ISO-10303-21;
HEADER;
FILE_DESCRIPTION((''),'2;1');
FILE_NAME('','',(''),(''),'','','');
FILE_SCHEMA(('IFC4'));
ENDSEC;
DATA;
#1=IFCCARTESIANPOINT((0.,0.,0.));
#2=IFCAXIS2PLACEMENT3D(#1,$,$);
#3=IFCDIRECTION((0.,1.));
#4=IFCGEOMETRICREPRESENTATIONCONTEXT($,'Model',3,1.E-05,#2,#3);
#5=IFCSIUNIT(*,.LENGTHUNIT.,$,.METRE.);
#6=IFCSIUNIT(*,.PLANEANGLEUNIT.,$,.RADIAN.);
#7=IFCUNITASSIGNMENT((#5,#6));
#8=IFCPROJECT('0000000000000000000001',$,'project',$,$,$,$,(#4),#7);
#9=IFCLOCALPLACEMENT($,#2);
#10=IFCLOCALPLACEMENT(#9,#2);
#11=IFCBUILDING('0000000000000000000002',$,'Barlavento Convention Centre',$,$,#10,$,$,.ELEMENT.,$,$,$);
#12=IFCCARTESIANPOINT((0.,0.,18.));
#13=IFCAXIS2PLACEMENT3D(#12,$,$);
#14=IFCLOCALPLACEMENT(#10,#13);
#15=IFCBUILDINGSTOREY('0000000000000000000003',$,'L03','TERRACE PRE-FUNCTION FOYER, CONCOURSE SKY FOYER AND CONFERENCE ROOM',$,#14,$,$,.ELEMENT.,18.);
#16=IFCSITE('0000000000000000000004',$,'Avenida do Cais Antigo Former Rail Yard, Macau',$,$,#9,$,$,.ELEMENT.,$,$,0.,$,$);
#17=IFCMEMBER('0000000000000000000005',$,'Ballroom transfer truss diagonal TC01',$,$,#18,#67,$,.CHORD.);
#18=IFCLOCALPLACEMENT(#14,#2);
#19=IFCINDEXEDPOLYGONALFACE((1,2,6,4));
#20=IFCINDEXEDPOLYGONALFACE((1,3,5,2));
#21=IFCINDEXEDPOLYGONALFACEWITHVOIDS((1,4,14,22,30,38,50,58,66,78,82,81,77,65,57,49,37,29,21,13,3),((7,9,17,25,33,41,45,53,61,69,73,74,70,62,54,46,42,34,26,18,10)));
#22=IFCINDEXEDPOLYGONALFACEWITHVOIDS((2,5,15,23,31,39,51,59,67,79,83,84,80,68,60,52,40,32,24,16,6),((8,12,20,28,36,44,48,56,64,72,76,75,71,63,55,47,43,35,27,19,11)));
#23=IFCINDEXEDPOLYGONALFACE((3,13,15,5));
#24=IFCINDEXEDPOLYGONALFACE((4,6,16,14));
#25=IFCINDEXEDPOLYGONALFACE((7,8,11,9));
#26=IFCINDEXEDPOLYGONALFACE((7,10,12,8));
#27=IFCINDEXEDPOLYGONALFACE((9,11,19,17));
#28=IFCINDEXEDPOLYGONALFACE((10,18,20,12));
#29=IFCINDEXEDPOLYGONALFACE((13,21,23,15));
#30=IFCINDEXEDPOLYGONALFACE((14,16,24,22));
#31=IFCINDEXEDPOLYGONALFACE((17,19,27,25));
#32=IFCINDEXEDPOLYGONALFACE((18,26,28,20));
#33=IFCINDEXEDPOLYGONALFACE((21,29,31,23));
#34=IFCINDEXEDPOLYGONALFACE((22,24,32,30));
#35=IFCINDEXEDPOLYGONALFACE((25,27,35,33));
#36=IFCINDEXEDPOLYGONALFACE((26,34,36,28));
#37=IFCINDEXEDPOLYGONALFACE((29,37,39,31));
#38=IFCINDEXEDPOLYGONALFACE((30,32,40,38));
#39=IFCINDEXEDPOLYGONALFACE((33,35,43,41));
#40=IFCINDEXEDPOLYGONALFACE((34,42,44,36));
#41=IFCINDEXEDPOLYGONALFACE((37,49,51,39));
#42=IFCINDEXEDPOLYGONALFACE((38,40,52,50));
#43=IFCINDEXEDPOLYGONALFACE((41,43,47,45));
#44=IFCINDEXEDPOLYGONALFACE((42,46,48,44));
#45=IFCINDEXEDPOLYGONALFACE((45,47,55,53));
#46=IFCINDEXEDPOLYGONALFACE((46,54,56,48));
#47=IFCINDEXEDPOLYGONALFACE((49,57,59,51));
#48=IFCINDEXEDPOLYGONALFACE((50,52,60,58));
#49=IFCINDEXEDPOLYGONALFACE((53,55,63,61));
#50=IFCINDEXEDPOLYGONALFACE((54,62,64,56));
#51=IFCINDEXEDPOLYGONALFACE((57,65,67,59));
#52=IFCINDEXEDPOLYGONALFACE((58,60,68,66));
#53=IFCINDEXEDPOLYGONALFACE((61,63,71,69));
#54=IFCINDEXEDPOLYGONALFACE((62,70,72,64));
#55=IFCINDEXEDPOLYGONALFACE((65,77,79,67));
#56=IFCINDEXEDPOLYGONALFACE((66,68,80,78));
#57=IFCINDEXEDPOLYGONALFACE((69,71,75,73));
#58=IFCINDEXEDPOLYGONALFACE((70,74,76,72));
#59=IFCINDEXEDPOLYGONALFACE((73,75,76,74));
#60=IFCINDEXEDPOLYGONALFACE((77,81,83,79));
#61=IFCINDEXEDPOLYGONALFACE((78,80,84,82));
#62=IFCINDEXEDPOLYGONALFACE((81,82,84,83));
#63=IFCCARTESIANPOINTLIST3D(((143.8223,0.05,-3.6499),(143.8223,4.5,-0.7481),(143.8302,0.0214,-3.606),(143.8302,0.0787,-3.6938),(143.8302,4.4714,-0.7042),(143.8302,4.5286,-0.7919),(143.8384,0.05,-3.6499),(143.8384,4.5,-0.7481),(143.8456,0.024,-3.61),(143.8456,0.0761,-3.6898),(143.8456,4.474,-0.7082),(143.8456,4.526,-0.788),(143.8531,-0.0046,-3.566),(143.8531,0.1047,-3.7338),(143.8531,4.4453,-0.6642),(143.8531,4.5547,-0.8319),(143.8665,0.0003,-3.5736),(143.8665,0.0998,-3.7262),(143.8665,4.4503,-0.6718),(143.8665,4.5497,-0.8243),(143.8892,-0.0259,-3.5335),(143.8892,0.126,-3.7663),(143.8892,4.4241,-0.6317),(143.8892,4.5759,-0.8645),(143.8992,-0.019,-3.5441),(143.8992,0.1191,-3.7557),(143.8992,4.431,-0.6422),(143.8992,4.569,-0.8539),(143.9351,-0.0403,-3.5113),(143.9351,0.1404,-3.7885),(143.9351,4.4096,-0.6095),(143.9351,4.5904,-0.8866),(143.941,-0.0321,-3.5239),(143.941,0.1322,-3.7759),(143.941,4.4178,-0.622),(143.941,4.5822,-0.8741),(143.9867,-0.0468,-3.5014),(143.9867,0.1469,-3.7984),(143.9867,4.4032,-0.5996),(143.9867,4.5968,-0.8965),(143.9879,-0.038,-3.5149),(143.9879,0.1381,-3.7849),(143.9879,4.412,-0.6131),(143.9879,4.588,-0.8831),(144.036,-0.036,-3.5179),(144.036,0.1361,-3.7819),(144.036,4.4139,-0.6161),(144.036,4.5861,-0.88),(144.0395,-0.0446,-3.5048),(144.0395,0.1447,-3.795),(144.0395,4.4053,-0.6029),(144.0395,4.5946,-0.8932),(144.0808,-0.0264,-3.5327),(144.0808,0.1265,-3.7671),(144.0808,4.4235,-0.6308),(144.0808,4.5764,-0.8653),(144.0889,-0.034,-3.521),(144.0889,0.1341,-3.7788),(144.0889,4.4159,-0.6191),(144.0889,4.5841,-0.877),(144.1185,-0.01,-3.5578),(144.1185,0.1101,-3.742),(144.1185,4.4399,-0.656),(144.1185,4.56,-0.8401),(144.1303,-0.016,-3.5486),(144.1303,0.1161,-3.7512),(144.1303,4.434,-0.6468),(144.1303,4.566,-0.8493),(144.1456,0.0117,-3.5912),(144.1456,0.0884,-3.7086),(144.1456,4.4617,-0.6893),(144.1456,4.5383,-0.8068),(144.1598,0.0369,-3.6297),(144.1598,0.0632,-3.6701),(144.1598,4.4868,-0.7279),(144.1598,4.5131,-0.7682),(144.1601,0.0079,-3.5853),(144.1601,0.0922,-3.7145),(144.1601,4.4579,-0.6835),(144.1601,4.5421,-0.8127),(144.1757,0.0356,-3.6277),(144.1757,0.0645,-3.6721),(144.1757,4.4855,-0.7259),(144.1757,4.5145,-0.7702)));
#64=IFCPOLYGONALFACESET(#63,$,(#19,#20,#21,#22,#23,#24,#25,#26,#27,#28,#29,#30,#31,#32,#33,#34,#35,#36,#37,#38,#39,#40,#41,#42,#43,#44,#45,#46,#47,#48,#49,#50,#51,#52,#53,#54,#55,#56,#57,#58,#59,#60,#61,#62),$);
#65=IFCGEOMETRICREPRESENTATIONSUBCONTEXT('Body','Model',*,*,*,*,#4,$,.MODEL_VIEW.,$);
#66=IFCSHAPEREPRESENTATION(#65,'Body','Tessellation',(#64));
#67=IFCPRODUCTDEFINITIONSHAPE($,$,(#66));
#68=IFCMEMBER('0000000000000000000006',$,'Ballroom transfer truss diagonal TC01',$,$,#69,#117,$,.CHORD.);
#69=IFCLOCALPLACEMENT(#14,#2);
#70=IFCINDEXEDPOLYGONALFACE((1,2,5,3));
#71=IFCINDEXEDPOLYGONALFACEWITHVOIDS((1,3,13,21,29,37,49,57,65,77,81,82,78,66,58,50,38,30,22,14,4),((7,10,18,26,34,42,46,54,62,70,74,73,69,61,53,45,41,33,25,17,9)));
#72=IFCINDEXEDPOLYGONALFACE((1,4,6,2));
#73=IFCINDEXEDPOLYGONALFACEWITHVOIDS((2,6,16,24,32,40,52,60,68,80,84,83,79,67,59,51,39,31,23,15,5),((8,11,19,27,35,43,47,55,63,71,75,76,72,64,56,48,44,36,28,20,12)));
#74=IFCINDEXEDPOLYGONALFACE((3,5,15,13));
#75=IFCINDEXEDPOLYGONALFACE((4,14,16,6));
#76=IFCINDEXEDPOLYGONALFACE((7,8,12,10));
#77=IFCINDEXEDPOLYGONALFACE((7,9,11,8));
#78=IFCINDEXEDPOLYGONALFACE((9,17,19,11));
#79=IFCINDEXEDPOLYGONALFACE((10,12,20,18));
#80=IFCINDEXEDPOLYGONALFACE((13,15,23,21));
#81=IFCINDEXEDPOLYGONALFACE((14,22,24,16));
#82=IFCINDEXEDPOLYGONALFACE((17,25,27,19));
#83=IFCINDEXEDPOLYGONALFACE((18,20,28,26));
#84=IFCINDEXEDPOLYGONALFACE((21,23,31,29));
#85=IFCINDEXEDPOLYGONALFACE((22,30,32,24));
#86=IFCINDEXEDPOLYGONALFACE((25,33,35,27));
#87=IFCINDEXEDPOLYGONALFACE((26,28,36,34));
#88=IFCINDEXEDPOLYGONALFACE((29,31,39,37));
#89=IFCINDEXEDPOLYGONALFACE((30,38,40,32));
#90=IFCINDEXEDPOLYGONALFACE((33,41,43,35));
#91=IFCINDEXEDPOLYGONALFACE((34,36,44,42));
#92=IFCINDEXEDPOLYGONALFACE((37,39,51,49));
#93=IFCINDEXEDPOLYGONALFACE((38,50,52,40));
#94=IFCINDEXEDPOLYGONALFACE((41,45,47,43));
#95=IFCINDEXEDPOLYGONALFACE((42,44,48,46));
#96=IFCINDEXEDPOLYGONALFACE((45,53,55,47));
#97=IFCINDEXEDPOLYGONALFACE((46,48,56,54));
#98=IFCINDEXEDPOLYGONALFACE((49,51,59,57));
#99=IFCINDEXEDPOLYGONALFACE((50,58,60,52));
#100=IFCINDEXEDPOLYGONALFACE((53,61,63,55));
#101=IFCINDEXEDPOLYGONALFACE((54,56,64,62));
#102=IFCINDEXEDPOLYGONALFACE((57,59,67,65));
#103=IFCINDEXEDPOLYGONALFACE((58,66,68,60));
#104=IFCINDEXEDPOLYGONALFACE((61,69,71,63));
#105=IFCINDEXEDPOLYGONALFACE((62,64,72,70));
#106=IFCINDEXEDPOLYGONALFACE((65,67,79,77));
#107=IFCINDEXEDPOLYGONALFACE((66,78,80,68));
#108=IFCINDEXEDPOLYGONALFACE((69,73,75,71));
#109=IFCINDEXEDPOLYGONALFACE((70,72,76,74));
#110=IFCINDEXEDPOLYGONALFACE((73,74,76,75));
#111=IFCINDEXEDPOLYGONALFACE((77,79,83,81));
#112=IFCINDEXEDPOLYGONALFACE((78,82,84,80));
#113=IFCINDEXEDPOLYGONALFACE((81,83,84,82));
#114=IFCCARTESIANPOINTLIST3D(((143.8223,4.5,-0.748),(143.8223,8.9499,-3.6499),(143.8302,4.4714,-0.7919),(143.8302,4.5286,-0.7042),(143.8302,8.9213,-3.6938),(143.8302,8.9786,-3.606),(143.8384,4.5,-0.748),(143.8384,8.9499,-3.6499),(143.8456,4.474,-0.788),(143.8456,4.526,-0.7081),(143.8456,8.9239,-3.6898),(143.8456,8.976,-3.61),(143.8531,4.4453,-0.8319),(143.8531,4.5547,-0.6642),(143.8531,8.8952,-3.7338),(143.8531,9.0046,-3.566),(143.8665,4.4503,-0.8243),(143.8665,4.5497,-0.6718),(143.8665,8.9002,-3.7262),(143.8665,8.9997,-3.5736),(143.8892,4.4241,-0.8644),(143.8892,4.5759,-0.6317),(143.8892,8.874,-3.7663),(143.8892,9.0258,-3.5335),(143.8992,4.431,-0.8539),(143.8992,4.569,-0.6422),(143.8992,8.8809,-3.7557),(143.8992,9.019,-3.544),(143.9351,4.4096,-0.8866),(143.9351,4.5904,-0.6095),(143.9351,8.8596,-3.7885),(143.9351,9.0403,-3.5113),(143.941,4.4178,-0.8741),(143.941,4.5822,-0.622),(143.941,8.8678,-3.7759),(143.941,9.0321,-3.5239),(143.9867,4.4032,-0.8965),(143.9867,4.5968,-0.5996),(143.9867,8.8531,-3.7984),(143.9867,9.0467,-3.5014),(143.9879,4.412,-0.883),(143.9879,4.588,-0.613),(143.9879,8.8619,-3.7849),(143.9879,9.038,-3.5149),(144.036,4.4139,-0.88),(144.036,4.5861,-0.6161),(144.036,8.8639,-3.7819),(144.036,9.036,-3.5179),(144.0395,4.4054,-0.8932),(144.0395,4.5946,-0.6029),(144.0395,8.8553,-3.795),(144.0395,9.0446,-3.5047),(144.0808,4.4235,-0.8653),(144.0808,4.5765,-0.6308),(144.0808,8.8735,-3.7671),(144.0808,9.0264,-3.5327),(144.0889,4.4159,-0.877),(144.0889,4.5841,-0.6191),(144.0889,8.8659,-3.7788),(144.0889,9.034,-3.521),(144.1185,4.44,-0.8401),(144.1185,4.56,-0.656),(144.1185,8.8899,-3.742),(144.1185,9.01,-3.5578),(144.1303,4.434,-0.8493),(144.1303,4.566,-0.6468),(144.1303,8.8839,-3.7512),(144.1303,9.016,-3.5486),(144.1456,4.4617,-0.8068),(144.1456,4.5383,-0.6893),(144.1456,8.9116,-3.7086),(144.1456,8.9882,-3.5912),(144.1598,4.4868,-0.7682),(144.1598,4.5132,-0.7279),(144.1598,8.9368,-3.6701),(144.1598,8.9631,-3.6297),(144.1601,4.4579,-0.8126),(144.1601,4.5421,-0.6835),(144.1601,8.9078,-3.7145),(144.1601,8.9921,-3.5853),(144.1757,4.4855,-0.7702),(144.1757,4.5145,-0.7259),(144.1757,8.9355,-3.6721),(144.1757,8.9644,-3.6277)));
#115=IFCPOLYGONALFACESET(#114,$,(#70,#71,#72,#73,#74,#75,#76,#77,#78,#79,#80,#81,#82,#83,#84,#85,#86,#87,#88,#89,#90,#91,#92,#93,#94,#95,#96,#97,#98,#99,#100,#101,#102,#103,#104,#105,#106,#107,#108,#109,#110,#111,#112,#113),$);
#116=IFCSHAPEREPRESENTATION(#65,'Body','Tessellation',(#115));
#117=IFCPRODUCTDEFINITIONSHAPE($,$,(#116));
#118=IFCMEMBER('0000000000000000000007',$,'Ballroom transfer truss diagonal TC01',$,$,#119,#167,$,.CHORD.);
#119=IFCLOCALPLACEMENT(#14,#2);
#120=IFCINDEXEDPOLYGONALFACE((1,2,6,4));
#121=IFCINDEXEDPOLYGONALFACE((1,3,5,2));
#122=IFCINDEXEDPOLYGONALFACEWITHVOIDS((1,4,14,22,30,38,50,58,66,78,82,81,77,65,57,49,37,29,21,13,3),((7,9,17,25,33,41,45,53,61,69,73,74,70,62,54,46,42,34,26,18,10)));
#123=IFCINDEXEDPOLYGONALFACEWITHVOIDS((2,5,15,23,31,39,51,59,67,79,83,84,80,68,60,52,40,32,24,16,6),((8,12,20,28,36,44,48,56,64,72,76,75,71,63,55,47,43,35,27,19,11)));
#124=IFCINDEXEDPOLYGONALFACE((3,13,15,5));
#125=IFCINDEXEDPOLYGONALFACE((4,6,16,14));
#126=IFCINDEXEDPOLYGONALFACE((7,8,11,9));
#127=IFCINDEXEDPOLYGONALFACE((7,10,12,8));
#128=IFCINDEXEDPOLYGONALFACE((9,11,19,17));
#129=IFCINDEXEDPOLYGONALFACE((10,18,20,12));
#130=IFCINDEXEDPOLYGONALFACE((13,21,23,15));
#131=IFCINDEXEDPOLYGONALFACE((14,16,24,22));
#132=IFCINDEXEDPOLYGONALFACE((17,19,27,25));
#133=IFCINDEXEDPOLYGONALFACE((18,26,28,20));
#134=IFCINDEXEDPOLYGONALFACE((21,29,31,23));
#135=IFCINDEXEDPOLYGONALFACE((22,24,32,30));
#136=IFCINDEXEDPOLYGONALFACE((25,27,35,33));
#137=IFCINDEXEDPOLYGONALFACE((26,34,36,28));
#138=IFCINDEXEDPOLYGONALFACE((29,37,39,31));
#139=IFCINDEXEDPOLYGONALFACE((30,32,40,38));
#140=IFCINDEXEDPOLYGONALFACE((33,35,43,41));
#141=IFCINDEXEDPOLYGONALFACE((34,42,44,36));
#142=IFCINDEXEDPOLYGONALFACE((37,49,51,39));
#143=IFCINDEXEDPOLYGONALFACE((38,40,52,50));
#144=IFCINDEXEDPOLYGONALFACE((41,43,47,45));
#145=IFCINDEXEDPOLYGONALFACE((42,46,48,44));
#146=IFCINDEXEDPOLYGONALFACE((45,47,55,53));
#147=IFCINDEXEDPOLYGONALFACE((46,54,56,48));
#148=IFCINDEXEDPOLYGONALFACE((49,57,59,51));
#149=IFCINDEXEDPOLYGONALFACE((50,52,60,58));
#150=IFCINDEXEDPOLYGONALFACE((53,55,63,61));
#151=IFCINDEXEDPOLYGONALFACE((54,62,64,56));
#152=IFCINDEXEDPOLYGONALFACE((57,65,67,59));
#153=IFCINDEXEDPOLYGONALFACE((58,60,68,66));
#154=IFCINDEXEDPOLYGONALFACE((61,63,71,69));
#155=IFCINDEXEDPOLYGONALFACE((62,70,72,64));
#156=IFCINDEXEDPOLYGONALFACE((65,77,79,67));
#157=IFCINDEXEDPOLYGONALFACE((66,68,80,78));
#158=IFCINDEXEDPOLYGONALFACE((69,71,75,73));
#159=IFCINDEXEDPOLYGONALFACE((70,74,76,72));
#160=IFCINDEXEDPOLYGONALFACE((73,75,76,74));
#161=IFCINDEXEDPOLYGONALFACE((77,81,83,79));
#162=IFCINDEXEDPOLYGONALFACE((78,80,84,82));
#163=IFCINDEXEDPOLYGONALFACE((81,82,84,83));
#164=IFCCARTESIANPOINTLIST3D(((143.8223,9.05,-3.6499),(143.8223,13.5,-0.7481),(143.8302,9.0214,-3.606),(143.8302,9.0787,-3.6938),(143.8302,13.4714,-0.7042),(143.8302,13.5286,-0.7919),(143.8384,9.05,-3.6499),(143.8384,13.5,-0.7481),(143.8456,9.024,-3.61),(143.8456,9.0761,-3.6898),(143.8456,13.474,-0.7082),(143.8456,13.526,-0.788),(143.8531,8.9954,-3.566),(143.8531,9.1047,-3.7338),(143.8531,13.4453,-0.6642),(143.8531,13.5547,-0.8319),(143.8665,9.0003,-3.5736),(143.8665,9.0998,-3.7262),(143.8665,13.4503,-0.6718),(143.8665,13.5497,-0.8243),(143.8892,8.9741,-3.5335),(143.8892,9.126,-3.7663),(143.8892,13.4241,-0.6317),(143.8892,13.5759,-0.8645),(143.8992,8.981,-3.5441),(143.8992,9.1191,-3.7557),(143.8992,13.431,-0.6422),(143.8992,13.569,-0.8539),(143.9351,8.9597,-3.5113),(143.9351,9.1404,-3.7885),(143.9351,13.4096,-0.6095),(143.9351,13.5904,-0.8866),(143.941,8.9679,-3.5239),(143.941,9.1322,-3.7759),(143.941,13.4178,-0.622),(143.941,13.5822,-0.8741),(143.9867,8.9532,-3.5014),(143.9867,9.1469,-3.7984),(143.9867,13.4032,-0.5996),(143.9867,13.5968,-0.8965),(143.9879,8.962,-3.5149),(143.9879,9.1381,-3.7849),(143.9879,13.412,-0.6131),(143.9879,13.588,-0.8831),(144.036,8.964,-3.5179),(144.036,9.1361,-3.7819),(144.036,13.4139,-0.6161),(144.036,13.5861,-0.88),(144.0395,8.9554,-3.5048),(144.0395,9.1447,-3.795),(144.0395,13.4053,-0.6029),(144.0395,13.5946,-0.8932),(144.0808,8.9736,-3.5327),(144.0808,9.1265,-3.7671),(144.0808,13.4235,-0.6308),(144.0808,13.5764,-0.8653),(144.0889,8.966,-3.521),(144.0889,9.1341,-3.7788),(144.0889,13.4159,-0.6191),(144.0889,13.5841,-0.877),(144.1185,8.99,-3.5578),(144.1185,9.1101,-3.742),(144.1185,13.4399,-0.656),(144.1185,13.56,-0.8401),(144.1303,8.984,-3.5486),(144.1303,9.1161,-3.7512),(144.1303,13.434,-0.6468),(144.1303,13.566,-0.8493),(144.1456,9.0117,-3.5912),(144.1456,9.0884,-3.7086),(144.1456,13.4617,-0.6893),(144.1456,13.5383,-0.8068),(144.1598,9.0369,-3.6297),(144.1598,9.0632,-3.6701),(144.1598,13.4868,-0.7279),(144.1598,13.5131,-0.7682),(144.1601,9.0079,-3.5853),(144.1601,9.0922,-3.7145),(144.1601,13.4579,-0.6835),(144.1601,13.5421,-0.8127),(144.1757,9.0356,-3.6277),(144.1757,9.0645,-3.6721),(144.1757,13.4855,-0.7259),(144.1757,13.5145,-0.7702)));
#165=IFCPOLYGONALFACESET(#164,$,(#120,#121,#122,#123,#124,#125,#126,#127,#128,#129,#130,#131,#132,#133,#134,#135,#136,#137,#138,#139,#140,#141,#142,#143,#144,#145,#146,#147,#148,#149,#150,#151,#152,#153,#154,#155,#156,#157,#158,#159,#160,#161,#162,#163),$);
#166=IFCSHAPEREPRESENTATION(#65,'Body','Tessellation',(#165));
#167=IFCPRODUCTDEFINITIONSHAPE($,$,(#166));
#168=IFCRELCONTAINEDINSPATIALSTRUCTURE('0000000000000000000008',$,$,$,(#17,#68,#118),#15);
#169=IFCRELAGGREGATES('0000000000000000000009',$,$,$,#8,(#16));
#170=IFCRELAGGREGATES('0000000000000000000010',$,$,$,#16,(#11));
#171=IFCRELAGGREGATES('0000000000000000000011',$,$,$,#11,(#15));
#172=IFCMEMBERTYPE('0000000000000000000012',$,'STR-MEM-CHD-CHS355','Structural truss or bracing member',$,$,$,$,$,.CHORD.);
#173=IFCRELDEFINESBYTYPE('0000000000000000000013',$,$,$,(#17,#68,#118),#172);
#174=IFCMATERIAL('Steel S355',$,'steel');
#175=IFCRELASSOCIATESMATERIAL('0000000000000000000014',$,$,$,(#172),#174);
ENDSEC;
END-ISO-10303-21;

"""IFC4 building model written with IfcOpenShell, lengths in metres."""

from ifc_helpers import new_model, si_unit, direction, frame, origin, origin_2d, place, context, subcontext, project, spatial, hollow_circle, extrude, material, material_profile, profile_set, type_object, element, save


model = new_model("IFC4")

# Units and contexts
model_context = context("Model", 3, precision=1e-05, world=origin(), true_north=direction((0.0, 1.0)))
body_context = subcontext(model_context, "Body", "Model", "MODEL_VIEW")
ifc_project = project(units=[si_unit("LENGTHUNIT", "METRE"), si_unit("PLANEANGLEUNIT", "RADIAN")], contexts=[model_context])

# Site, building, storey
site_placement = place(None, origin())
site = spatial("IfcSite", under=ifc_project, at=site_placement, Name="Avenida do Cais Antigo Former Rail Yard, Macau", CompositionType="ELEMENT", RefElevation=0.0)
building_placement = place(site_placement, origin())
building = spatial("IfcBuilding", under=site, at=building_placement, Name="Barlavento Convention Centre", CompositionType="ELEMENT")
storey_placement = place(building_placement, frame((0.0, 0.0, 18.0)))
storey = spatial("IfcBuildingStorey", under=building, at=storey_placement, Name="L03", Description="TERRACE PRE-FUNCTION FOYER, CONCOURSE SKY FOYER AND CONFERENCE ROOM", CompositionType="ELEMENT", Elevation=18.0)

# Shared definitions
ifc_material_1 = material(Name="Steel S355", Category="steel")

# Members
ifc_material_profile_1 = material_profile(ifc_material_1, hollow_circle(Radius=0.1777, WallThickness=0.0161, at=origin_2d()), Name="CHS 355.6x16.0")
ifc_profile_set_1 = profile_set([ifc_material_profile_1], Name="Steel S355")
member_type_1 = type_object("IfcMemberType", Name="STR-MEM-CHD-CHS355", Description="Structural truss or bracing member", PredefinedType="CHORD", material=ifc_profile_set_1)
for number, where, z_axis, x_axis, name in (
    (1, (144.0, 0.05, -3.6499), (0.0, 0.837635, 0.54623), (-1.0, 0.0, 0.0), "Ballroom transfer truss diagonal TC01"),
    (2, (144.0, 4.5, -0.748), (0.0, 0.837635, -0.54623), (-1.0, 0.0, 0.0), "Ballroom transfer truss diagonal TC01"),
    (3, (144.0, 9.05, -3.6499), (0.0, 0.837635, 0.54623), (-1.0, 0.0, 0.0), "Ballroom transfer truss diagonal TC01"),
):
    element("IfcMember", number, at=place(storey_placement, frame(where, z_axis=z_axis, x_axis=x_axis)), inside=storey, type_object=member_type_1, Name=name, PredefinedType="CHORD", context=body_context, shape_type="SweptSolid", body=[
        extrude(hollow_circle(Radius=0.1777, WallThickness=0.0161, at=origin_2d()), origin(), (0.0, 0.0, 1.0), 5.3125),
    ])

save(model, "model.ifc")
